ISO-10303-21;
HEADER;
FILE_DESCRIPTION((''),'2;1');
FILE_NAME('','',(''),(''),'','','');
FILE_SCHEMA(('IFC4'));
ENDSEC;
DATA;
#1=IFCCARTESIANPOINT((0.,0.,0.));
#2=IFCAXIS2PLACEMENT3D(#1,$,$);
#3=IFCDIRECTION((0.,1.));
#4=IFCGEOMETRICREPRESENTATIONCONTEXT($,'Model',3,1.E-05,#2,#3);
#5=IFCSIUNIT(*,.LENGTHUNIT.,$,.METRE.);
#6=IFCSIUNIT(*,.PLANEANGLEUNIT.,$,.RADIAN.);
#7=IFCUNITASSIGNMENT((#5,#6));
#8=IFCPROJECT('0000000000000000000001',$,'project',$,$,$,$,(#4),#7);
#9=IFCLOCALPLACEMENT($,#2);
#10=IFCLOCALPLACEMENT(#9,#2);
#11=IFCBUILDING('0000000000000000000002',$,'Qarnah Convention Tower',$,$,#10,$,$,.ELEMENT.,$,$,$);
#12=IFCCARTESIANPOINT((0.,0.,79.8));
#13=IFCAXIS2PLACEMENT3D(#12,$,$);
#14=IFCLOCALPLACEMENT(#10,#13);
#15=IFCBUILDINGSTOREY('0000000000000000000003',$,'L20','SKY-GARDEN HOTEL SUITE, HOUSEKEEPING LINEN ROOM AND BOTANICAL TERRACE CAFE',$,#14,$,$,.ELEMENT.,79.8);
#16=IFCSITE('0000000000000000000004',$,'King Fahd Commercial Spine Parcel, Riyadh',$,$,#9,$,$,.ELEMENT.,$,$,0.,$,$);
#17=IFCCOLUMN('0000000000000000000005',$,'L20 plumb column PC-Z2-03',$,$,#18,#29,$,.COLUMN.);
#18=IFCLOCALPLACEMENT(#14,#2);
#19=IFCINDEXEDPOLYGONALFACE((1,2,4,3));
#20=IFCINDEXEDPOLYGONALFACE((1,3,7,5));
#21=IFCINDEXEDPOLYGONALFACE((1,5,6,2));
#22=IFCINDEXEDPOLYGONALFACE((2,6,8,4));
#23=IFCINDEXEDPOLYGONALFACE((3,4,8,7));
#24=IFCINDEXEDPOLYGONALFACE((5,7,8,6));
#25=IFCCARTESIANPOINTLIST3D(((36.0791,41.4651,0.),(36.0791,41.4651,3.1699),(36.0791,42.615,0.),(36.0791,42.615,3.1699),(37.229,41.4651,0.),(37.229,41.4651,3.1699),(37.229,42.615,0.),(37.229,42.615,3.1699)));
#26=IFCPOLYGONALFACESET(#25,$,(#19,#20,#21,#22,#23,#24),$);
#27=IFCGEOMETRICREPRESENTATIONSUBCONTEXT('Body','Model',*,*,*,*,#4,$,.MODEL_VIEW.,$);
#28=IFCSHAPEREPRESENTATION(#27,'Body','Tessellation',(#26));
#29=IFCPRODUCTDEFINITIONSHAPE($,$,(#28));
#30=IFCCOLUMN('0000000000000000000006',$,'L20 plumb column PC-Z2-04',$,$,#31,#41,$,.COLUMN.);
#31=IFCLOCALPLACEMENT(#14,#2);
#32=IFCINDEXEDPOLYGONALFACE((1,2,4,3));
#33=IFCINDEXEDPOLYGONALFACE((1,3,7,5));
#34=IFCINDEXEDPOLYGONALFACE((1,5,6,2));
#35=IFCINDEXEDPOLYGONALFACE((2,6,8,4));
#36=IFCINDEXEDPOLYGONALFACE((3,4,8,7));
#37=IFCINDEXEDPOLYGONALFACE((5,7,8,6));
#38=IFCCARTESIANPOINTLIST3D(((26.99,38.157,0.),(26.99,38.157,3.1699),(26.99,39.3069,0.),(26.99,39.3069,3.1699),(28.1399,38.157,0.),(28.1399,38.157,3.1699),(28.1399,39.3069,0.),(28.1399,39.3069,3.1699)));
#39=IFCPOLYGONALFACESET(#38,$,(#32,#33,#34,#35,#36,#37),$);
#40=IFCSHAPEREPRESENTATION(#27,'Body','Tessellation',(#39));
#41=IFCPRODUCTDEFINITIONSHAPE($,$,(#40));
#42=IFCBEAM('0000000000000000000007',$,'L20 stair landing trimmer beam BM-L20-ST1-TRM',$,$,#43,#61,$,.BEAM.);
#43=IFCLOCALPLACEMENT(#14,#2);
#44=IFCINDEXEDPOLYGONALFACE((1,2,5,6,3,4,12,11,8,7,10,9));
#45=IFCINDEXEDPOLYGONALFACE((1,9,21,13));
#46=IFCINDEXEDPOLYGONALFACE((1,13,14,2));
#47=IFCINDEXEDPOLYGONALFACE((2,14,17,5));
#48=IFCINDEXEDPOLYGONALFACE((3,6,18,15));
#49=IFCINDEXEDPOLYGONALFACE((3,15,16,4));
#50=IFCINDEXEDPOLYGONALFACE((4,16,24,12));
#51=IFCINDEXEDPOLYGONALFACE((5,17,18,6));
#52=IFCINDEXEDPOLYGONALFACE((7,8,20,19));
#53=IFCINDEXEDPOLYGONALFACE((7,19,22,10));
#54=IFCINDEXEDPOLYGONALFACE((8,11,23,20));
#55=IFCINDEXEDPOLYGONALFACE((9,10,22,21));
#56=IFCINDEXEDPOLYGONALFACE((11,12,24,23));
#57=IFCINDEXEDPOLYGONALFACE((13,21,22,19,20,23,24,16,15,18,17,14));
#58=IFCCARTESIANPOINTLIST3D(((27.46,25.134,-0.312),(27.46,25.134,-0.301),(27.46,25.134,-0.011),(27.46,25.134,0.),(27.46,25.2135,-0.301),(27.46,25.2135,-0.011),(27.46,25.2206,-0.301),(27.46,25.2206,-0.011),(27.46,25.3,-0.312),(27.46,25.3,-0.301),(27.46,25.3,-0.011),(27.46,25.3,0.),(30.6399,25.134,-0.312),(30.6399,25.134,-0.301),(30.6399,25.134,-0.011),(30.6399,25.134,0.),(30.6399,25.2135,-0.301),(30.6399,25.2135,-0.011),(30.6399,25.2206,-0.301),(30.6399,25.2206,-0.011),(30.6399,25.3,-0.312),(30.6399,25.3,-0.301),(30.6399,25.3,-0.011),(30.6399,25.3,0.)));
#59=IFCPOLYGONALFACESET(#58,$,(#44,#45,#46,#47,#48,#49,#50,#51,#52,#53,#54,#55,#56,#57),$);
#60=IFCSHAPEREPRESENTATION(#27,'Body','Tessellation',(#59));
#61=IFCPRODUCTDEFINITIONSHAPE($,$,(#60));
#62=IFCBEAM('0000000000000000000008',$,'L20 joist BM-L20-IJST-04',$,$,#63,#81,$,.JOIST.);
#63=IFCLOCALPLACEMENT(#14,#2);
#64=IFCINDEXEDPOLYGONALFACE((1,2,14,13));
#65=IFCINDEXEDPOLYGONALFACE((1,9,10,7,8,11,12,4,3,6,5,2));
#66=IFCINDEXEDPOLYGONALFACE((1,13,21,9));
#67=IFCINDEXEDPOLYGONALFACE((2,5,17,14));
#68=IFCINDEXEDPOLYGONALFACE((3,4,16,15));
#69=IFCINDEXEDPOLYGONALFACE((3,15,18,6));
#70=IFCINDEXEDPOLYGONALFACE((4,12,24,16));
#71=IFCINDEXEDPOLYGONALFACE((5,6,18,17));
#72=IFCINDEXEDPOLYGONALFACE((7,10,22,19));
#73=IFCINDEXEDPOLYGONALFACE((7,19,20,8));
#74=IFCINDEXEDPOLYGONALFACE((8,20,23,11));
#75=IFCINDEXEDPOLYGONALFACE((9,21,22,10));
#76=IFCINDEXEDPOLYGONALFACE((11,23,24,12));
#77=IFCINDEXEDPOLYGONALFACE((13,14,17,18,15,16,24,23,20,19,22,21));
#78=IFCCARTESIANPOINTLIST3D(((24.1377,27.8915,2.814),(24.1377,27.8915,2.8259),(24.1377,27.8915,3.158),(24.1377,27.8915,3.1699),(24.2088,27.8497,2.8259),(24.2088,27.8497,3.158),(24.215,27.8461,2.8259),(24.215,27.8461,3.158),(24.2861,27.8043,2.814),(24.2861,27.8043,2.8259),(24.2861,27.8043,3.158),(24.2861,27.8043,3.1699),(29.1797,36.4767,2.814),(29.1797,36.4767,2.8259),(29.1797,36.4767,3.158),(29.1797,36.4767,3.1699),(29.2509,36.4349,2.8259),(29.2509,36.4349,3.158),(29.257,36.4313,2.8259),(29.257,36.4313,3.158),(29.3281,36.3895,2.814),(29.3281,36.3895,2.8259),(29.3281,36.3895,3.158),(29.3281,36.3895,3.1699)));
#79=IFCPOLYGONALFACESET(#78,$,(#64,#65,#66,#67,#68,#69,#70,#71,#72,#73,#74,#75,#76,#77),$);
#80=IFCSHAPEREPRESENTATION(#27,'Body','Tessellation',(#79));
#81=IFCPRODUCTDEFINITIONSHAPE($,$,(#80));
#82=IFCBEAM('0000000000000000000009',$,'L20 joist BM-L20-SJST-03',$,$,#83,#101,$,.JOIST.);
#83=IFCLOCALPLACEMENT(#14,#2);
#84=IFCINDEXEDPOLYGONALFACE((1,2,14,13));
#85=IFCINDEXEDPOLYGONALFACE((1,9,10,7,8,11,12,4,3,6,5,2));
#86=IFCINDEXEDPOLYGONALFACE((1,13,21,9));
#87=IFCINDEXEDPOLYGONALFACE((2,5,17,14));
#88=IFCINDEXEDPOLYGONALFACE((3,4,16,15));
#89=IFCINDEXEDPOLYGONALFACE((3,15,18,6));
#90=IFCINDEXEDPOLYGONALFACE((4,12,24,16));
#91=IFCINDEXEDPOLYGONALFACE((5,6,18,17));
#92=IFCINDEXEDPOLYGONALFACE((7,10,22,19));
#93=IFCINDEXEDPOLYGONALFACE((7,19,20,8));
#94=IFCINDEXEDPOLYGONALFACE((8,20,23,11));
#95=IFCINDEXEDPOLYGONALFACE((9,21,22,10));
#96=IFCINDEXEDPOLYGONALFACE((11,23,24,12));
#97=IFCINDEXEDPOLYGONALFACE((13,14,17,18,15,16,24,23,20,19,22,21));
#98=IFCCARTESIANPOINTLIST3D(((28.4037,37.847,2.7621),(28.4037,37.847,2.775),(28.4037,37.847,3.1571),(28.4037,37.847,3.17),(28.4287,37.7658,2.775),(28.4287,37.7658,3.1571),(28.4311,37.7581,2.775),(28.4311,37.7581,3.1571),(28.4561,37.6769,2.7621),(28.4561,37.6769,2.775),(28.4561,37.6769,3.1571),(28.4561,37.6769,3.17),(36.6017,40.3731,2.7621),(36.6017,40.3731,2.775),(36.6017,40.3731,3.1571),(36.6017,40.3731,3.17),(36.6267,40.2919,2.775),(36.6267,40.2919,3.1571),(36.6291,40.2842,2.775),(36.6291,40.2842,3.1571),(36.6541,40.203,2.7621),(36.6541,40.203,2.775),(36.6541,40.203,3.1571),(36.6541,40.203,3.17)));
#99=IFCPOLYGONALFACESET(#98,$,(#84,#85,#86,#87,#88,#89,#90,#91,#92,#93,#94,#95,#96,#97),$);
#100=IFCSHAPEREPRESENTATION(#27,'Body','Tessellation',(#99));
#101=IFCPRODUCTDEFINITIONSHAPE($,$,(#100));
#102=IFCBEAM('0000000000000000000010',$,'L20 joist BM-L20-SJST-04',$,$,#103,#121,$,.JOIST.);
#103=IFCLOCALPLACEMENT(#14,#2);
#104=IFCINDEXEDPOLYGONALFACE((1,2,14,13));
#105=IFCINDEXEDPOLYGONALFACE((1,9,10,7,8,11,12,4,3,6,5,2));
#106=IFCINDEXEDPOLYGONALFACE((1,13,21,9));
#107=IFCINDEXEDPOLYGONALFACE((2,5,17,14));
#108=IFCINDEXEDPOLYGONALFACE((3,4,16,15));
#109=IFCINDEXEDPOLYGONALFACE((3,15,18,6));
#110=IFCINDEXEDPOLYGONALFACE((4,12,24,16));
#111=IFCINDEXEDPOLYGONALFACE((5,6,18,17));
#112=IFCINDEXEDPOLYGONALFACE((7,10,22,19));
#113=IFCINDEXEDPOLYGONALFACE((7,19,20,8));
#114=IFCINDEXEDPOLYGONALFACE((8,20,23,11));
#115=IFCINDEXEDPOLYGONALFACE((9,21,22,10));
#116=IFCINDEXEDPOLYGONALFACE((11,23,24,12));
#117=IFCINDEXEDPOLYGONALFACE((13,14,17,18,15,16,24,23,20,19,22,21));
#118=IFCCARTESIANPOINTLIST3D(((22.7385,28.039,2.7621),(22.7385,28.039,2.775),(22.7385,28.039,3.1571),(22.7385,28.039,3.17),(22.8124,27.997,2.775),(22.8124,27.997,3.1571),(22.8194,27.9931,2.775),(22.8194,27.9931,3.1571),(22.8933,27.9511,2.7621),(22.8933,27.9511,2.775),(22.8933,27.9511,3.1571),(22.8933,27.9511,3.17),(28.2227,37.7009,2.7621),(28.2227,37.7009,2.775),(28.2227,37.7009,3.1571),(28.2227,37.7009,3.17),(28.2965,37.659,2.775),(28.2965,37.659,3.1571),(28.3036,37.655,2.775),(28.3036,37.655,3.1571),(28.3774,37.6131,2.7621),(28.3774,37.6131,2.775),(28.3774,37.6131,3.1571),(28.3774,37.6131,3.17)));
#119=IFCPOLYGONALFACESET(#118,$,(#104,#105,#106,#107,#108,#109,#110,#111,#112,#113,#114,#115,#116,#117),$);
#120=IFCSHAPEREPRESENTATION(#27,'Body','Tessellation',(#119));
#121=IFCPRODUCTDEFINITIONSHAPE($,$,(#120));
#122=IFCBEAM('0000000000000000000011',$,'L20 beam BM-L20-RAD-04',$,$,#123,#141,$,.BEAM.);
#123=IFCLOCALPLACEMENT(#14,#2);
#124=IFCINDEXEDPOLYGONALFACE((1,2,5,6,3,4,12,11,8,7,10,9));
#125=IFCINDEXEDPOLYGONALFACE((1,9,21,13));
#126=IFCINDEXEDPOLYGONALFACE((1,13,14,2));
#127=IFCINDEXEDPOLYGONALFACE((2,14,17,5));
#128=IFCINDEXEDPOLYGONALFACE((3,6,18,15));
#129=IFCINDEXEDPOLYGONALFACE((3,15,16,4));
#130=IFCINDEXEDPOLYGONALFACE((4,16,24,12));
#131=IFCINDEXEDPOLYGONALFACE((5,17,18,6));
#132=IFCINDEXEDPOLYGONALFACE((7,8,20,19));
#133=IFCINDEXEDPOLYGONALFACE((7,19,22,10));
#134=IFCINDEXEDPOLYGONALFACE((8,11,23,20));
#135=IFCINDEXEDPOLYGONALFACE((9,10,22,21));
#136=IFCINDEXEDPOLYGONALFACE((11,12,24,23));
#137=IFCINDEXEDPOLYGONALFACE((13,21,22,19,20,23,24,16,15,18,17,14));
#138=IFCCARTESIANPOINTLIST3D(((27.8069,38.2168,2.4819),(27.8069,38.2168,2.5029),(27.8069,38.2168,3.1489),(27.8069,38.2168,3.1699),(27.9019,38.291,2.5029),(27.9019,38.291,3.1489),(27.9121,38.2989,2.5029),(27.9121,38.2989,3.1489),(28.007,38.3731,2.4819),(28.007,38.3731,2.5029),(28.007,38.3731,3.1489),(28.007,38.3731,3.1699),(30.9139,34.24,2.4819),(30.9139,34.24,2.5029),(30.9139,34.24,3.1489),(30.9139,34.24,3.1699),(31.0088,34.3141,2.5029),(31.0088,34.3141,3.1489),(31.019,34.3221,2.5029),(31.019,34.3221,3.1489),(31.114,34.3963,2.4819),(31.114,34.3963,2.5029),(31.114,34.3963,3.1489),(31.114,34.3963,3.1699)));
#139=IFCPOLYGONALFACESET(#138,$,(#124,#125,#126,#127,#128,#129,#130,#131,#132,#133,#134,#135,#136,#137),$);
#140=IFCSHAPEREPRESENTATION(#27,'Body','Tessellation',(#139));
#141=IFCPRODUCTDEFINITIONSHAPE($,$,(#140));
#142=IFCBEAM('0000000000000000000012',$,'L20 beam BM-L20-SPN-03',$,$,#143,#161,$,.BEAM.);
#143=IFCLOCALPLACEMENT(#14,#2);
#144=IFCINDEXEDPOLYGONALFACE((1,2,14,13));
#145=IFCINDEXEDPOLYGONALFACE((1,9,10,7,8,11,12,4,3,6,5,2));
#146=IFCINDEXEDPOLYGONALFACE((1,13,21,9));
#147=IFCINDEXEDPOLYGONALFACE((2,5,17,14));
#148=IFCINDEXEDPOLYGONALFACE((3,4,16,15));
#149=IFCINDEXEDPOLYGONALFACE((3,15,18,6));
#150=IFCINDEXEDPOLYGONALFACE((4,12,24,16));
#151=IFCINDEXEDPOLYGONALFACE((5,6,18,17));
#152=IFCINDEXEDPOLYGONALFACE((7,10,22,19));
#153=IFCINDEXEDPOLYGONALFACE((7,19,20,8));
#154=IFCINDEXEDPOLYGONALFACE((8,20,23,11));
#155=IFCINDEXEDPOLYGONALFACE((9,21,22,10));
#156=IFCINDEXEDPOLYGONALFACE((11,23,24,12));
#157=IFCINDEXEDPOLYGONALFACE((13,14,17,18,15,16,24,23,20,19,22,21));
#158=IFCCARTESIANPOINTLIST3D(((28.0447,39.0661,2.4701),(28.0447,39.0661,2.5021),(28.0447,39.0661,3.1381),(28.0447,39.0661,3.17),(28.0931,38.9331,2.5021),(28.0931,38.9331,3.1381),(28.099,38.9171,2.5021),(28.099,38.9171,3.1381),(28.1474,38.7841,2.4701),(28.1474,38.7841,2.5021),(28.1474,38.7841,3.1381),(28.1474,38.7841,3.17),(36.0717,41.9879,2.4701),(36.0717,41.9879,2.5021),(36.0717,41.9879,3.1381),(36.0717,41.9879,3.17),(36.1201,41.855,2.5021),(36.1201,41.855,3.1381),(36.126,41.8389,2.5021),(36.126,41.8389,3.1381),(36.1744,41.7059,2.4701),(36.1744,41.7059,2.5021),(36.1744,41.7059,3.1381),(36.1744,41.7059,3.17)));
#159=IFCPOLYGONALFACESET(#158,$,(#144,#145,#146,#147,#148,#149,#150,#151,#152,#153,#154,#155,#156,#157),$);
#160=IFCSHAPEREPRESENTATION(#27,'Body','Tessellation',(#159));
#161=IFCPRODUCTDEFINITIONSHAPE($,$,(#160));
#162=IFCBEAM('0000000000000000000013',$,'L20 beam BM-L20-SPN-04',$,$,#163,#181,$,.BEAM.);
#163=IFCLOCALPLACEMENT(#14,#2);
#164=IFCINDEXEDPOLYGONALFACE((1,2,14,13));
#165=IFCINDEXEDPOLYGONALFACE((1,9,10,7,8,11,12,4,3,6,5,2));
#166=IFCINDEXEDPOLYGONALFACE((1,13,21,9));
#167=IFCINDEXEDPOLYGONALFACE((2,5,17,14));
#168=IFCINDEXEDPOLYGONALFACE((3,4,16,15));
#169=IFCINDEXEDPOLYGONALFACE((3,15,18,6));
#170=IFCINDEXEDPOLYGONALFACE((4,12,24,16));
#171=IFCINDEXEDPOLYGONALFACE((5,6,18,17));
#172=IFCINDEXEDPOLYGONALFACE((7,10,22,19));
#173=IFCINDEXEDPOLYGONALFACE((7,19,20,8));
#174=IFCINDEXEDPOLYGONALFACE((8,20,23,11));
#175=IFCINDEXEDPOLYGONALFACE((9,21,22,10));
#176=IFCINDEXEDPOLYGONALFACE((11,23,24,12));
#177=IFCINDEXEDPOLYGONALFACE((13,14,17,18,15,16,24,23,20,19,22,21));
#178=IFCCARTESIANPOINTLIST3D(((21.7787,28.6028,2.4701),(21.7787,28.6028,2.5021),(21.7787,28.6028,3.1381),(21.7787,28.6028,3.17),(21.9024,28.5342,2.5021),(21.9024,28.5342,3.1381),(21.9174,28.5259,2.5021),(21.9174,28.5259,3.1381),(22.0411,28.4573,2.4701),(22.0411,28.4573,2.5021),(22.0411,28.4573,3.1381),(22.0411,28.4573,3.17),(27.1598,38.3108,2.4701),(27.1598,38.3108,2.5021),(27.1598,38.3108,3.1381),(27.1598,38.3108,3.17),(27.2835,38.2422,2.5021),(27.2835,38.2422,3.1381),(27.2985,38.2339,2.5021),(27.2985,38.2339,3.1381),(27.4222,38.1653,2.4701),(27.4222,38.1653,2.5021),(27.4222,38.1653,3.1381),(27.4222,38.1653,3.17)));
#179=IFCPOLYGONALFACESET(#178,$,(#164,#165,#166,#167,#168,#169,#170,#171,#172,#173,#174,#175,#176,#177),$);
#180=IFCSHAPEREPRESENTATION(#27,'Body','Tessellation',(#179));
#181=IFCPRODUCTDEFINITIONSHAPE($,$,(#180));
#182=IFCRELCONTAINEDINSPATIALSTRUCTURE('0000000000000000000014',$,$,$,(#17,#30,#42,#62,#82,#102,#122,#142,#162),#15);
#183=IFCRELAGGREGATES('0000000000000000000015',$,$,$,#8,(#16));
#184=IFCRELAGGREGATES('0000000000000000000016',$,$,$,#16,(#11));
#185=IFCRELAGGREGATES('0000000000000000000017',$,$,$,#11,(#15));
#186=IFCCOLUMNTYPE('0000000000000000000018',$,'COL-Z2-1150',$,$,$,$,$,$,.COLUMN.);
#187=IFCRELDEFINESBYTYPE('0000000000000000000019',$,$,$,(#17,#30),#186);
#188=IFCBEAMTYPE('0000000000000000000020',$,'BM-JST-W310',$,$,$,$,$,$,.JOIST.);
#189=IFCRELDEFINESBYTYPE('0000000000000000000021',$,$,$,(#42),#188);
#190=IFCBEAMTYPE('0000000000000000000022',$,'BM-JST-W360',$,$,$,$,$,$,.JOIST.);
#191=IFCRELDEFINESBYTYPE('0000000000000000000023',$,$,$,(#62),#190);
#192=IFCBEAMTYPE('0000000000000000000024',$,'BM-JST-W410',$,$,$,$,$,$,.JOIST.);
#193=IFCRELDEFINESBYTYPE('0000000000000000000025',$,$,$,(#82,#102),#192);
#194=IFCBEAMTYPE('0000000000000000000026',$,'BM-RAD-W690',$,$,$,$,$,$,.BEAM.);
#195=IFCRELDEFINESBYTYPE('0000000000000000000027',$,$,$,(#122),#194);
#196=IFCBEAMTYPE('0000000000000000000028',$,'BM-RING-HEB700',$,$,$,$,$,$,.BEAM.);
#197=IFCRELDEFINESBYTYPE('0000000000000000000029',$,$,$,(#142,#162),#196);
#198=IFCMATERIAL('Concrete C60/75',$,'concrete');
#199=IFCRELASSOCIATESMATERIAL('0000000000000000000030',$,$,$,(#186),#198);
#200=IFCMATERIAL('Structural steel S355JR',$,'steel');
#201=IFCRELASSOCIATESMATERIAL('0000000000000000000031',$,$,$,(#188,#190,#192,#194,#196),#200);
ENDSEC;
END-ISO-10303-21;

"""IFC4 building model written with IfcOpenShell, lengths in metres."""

from ifc_helpers import new_model, si_unit, direction, frame, origin, origin_2d, place, context, subcontext, project, spatial, rectangle, i_section, extrude, material, material_profile, profile_set, type_object, element, save


model = new_model("IFC4")

# Units and contexts
model_context = context("Model", 3, precision=1e-05, world=origin(), true_north=direction((0.0, 1.0)))
body_context = subcontext(model_context, "Body", "Model", "MODEL_VIEW")
ifc_project = project(units=[si_unit("LENGTHUNIT", "METRE"), si_unit("PLANEANGLEUNIT", "RADIAN")], contexts=[model_context])

# Site, building, storey
site_placement = place(None, origin())
site = spatial("IfcSite", under=ifc_project, at=site_placement, Name="King Fahd Commercial Spine Parcel, Riyadh", CompositionType="ELEMENT", RefElevation=0.0)
building_placement = place(site_placement, origin())
building = spatial("IfcBuilding", under=site, at=building_placement, Name="Qarnah Convention Tower", CompositionType="ELEMENT")
storey_placement = place(building_placement, frame((0.0, 0.0, 79.8)))
storey = spatial("IfcBuildingStorey", under=building, at=storey_placement, Name="L20", Description="SKY-GARDEN HOTEL SUITE, HOUSEKEEPING LINEN ROOM AND BOTANICAL TERRACE CAFE", CompositionType="ELEMENT", Elevation=79.8)

# Columns
ifc_material_1 = material(Name="Concrete C60/75", Category="concrete")
ifc_material_profile_1 = material_profile(ifc_material_1, rectangle(XDim=1.1499, YDim=1.1499, at=origin_2d()), Name="RC-COL-1150X1150")
ifc_profile_set_1 = profile_set([ifc_material_profile_1], Name="Concrete C60/75")
column_type = type_object("IfcColumnType", Name="COL-Z2-1150", PredefinedType="COLUMN", material=ifc_profile_set_1)
for number, where, z_axis, x_axis, name in (
    (1, (36.6541, 42.04, 0.0), (0.0, 0.0, 1.0), (1.0, 0.0, 0.0), "L20 plumb column PC-Z2-03"),
    (2, (27.5649, 38.7319, 0.0), (0.0, 0.0, 1.0), (1.0, 0.0, 0.0), "L20 plumb column PC-Z2-04"),
):
    element("IfcColumn", number, at=place(storey_placement, frame(where, z_axis=z_axis, x_axis=x_axis)), inside=storey, type_object=column_type, Name=name, PredefinedType="COLUMN", context=body_context, shape_type="SweptSolid", body=[
        extrude(rectangle(XDim=1.1499, YDim=1.1499, at=origin_2d()), origin(), (0.0, 0.0, 1.0), 3.1699),
    ])

# Beams
ifc_material_2 = material(Name="Structural steel S355JR", Category="steel")
ifc_material_profile_2 = material_profile(ifc_material_2, i_section(OverallWidth=0.166, OverallDepth=0.312, WebThickness=0.0071, FlangeThickness=0.011, at=origin_2d()), Name="W310X45")
ifc_profile_set_2 = profile_set([ifc_material_profile_2], Name="Structural steel S355JR")
beam_type_1 = type_object("IfcBeamType", Name="BM-JST-W310", PredefinedType="JOIST", material=ifc_profile_set_2)
beam_1_placement = place(storey_placement, frame((27.46, 25.217, -0.156), z_axis=(1.0, 0.0, 0.0), x_axis=(0.0, 1.0, 0.0)))
element("IfcBeam", 3, at=beam_1_placement, inside=storey, type_object=beam_type_1, Name="L20 stair landing trimmer beam BM-L20-ST1-TRM", PredefinedType="BEAM", context=body_context, shape_type="SweptSolid", body=[
    extrude(i_section(OverallWidth=0.166, OverallDepth=0.312, WebThickness=0.0071, FlangeThickness=0.011, at=origin_2d()), origin(), (0.0, 0.0, 1.0), 3.1799),
])
ifc_material_profile_3 = material_profile(ifc_material_2, i_section(OverallWidth=0.1721, OverallDepth=0.356, WebThickness=0.0071, FlangeThickness=0.012, at=origin_2d()), Name="W360X51")
ifc_profile_set_3 = profile_set([ifc_material_profile_3], Name="Structural steel S355JR")
beam_type_2 = type_object("IfcBeamType", Name="BM-JST-W360", PredefinedType="JOIST", material=ifc_profile_set_3)
beam_2_placement = place(storey_placement, frame((29.2539, 36.4331, 2.9919), z_axis=(-0.506413, -0.862291, 0.0), x_axis=(0.862291, -0.506413, 0.0)))
element("IfcBeam", 4, at=beam_2_placement, inside=storey, type_object=beam_type_2, Name="L20 joist BM-L20-IJST-04", PredefinedType="JOIST", context=body_context, shape_type="SweptSolid", body=[
    extrude(i_section(OverallWidth=0.1721, OverallDepth=0.356, WebThickness=0.0071, FlangeThickness=0.012, at=origin_2d()), origin(), (0.0, 0.0, 1.0), 9.9563),
])
ifc_material_profile_4 = material_profile(ifc_material_2, i_section(OverallWidth=0.178, OverallDepth=0.408, WebThickness=0.0081, FlangeThickness=0.0129, at=origin_2d()), Name="W410X60")
ifc_profile_set_4 = profile_set([ifc_material_profile_4], Name="Structural steel S355JR")
beam_type_3 = type_object("IfcBeamType", Name="BM-JST-W410", PredefinedType="JOIST", material=ifc_profile_set_4)
beam_3_placement = place(storey_placement, frame((36.6279, 40.2881, 2.9661), z_axis=(-0.955659, -0.294476, 0.0), x_axis=(0.294476, -0.955659, 0.0)))
element("IfcBeam", 5, at=beam_3_placement, inside=storey, type_object=beam_type_3, Name="L20 joist BM-L20-SJST-03", PredefinedType="JOIST", context=body_context, shape_type="SweptSolid", body=[
    extrude(i_section(OverallWidth=0.178, OverallDepth=0.408, WebThickness=0.0081, FlangeThickness=0.0129, at=origin_2d()), origin(), (0.0, 0.0, 1.0), 8.5784),
])
beam_4_placement = place(storey_placement, frame((28.3, 37.657, 2.9661), z_axis=(-0.493631, -0.869672, 0.0), x_axis=(0.869672, -0.493631, 0.0)))
element("IfcBeam", 6, at=beam_4_placement, inside=storey, type_object=beam_type_3, Name="L20 joist BM-L20-SJST-04", PredefinedType="JOIST", context=body_context, shape_type="SweptSolid", body=[
    extrude(i_section(OverallWidth=0.178, OverallDepth=0.408, WebThickness=0.0081, FlangeThickness=0.0129, at=origin_2d()), origin(), (0.0, 0.0, 1.0), 11.1099),
])
ifc_material_profile_5 = material_profile(ifc_material_2, i_section(OverallWidth=0.2539, OverallDepth=0.688, WebThickness=0.0129, FlangeThickness=0.021, at=origin_2d()), Name="W690X152")
ifc_profile_set_5 = profile_set([ifc_material_profile_5], Name="Structural steel S355JR")
beam_type_4 = type_object("IfcBeamType", Name="BM-RAD-W690", PredefinedType="BEAM", material=ifc_profile_set_5)
beam_5_placement = place(storey_placement, frame((31.0139, 34.3181, 2.8259), z_axis=(-0.615651, 0.788019, 0.0), x_axis=(-0.788019, -0.615651, 0.0)))
element("IfcBeam", 7, at=beam_5_placement, inside=storey, type_object=beam_type_4, Name="L20 beam BM-L20-RAD-04", PredefinedType="BEAM", context=body_context, shape_type="SweptSolid", body=[
    extrude(i_section(OverallWidth=0.2539, OverallDepth=0.688, WebThickness=0.0129, FlangeThickness=0.021, at=origin_2d()), origin(), (0.0, 0.0, 1.0), 5.0466),
])
ifc_material_profile_6 = material_profile(ifc_material_2, i_section(OverallWidth=0.3, OverallDepth=0.7, WebThickness=0.0171, FlangeThickness=0.032, at=origin_2d()), Name="HEB700")
ifc_profile_set_6 = profile_set([ifc_material_profile_6], Name="Structural steel S355JR")
beam_type_5 = type_object("IfcBeamType", Name="BM-RING-HEB700", PredefinedType="BEAM", material=ifc_profile_set_6)
beam_6_placement = place(storey_placement, frame((36.123, 41.8469, 2.8201), z_axis=(-0.939683, -0.342046, 0.0), x_axis=(0.342046, -0.939683, 0.0)))
element("IfcBeam", 8, at=beam_6_placement, inside=storey, type_object=beam_type_5, Name="L20 beam BM-L20-SPN-03", PredefinedType="BEAM", context=body_context, shape_type="SweptSolid", body=[
    extrude(i_section(OverallWidth=0.3, OverallDepth=0.7, WebThickness=0.0171, FlangeThickness=0.032, at=origin_2d()), origin(), (0.0, 0.0, 1.0), 8.5422),
])
beam_7_placement = place(storey_placement, frame((27.291, 38.238, 2.8201), z_axis=(-0.4848, -0.874625, 0.0), x_axis=(0.874625, -0.4848, 0.0)))
element("IfcBeam", 9, at=beam_7_placement, inside=storey, type_object=beam_type_5, Name="L20 beam BM-L20-SPN-04", PredefinedType="BEAM", context=body_context, shape_type="SweptSolid", body=[
    extrude(i_section(OverallWidth=0.3, OverallDepth=0.7, WebThickness=0.0171, FlangeThickness=0.032, at=origin_2d()), origin(), (0.0, 0.0, 1.0), 11.0996),
])

save(model, "model.ifc")
